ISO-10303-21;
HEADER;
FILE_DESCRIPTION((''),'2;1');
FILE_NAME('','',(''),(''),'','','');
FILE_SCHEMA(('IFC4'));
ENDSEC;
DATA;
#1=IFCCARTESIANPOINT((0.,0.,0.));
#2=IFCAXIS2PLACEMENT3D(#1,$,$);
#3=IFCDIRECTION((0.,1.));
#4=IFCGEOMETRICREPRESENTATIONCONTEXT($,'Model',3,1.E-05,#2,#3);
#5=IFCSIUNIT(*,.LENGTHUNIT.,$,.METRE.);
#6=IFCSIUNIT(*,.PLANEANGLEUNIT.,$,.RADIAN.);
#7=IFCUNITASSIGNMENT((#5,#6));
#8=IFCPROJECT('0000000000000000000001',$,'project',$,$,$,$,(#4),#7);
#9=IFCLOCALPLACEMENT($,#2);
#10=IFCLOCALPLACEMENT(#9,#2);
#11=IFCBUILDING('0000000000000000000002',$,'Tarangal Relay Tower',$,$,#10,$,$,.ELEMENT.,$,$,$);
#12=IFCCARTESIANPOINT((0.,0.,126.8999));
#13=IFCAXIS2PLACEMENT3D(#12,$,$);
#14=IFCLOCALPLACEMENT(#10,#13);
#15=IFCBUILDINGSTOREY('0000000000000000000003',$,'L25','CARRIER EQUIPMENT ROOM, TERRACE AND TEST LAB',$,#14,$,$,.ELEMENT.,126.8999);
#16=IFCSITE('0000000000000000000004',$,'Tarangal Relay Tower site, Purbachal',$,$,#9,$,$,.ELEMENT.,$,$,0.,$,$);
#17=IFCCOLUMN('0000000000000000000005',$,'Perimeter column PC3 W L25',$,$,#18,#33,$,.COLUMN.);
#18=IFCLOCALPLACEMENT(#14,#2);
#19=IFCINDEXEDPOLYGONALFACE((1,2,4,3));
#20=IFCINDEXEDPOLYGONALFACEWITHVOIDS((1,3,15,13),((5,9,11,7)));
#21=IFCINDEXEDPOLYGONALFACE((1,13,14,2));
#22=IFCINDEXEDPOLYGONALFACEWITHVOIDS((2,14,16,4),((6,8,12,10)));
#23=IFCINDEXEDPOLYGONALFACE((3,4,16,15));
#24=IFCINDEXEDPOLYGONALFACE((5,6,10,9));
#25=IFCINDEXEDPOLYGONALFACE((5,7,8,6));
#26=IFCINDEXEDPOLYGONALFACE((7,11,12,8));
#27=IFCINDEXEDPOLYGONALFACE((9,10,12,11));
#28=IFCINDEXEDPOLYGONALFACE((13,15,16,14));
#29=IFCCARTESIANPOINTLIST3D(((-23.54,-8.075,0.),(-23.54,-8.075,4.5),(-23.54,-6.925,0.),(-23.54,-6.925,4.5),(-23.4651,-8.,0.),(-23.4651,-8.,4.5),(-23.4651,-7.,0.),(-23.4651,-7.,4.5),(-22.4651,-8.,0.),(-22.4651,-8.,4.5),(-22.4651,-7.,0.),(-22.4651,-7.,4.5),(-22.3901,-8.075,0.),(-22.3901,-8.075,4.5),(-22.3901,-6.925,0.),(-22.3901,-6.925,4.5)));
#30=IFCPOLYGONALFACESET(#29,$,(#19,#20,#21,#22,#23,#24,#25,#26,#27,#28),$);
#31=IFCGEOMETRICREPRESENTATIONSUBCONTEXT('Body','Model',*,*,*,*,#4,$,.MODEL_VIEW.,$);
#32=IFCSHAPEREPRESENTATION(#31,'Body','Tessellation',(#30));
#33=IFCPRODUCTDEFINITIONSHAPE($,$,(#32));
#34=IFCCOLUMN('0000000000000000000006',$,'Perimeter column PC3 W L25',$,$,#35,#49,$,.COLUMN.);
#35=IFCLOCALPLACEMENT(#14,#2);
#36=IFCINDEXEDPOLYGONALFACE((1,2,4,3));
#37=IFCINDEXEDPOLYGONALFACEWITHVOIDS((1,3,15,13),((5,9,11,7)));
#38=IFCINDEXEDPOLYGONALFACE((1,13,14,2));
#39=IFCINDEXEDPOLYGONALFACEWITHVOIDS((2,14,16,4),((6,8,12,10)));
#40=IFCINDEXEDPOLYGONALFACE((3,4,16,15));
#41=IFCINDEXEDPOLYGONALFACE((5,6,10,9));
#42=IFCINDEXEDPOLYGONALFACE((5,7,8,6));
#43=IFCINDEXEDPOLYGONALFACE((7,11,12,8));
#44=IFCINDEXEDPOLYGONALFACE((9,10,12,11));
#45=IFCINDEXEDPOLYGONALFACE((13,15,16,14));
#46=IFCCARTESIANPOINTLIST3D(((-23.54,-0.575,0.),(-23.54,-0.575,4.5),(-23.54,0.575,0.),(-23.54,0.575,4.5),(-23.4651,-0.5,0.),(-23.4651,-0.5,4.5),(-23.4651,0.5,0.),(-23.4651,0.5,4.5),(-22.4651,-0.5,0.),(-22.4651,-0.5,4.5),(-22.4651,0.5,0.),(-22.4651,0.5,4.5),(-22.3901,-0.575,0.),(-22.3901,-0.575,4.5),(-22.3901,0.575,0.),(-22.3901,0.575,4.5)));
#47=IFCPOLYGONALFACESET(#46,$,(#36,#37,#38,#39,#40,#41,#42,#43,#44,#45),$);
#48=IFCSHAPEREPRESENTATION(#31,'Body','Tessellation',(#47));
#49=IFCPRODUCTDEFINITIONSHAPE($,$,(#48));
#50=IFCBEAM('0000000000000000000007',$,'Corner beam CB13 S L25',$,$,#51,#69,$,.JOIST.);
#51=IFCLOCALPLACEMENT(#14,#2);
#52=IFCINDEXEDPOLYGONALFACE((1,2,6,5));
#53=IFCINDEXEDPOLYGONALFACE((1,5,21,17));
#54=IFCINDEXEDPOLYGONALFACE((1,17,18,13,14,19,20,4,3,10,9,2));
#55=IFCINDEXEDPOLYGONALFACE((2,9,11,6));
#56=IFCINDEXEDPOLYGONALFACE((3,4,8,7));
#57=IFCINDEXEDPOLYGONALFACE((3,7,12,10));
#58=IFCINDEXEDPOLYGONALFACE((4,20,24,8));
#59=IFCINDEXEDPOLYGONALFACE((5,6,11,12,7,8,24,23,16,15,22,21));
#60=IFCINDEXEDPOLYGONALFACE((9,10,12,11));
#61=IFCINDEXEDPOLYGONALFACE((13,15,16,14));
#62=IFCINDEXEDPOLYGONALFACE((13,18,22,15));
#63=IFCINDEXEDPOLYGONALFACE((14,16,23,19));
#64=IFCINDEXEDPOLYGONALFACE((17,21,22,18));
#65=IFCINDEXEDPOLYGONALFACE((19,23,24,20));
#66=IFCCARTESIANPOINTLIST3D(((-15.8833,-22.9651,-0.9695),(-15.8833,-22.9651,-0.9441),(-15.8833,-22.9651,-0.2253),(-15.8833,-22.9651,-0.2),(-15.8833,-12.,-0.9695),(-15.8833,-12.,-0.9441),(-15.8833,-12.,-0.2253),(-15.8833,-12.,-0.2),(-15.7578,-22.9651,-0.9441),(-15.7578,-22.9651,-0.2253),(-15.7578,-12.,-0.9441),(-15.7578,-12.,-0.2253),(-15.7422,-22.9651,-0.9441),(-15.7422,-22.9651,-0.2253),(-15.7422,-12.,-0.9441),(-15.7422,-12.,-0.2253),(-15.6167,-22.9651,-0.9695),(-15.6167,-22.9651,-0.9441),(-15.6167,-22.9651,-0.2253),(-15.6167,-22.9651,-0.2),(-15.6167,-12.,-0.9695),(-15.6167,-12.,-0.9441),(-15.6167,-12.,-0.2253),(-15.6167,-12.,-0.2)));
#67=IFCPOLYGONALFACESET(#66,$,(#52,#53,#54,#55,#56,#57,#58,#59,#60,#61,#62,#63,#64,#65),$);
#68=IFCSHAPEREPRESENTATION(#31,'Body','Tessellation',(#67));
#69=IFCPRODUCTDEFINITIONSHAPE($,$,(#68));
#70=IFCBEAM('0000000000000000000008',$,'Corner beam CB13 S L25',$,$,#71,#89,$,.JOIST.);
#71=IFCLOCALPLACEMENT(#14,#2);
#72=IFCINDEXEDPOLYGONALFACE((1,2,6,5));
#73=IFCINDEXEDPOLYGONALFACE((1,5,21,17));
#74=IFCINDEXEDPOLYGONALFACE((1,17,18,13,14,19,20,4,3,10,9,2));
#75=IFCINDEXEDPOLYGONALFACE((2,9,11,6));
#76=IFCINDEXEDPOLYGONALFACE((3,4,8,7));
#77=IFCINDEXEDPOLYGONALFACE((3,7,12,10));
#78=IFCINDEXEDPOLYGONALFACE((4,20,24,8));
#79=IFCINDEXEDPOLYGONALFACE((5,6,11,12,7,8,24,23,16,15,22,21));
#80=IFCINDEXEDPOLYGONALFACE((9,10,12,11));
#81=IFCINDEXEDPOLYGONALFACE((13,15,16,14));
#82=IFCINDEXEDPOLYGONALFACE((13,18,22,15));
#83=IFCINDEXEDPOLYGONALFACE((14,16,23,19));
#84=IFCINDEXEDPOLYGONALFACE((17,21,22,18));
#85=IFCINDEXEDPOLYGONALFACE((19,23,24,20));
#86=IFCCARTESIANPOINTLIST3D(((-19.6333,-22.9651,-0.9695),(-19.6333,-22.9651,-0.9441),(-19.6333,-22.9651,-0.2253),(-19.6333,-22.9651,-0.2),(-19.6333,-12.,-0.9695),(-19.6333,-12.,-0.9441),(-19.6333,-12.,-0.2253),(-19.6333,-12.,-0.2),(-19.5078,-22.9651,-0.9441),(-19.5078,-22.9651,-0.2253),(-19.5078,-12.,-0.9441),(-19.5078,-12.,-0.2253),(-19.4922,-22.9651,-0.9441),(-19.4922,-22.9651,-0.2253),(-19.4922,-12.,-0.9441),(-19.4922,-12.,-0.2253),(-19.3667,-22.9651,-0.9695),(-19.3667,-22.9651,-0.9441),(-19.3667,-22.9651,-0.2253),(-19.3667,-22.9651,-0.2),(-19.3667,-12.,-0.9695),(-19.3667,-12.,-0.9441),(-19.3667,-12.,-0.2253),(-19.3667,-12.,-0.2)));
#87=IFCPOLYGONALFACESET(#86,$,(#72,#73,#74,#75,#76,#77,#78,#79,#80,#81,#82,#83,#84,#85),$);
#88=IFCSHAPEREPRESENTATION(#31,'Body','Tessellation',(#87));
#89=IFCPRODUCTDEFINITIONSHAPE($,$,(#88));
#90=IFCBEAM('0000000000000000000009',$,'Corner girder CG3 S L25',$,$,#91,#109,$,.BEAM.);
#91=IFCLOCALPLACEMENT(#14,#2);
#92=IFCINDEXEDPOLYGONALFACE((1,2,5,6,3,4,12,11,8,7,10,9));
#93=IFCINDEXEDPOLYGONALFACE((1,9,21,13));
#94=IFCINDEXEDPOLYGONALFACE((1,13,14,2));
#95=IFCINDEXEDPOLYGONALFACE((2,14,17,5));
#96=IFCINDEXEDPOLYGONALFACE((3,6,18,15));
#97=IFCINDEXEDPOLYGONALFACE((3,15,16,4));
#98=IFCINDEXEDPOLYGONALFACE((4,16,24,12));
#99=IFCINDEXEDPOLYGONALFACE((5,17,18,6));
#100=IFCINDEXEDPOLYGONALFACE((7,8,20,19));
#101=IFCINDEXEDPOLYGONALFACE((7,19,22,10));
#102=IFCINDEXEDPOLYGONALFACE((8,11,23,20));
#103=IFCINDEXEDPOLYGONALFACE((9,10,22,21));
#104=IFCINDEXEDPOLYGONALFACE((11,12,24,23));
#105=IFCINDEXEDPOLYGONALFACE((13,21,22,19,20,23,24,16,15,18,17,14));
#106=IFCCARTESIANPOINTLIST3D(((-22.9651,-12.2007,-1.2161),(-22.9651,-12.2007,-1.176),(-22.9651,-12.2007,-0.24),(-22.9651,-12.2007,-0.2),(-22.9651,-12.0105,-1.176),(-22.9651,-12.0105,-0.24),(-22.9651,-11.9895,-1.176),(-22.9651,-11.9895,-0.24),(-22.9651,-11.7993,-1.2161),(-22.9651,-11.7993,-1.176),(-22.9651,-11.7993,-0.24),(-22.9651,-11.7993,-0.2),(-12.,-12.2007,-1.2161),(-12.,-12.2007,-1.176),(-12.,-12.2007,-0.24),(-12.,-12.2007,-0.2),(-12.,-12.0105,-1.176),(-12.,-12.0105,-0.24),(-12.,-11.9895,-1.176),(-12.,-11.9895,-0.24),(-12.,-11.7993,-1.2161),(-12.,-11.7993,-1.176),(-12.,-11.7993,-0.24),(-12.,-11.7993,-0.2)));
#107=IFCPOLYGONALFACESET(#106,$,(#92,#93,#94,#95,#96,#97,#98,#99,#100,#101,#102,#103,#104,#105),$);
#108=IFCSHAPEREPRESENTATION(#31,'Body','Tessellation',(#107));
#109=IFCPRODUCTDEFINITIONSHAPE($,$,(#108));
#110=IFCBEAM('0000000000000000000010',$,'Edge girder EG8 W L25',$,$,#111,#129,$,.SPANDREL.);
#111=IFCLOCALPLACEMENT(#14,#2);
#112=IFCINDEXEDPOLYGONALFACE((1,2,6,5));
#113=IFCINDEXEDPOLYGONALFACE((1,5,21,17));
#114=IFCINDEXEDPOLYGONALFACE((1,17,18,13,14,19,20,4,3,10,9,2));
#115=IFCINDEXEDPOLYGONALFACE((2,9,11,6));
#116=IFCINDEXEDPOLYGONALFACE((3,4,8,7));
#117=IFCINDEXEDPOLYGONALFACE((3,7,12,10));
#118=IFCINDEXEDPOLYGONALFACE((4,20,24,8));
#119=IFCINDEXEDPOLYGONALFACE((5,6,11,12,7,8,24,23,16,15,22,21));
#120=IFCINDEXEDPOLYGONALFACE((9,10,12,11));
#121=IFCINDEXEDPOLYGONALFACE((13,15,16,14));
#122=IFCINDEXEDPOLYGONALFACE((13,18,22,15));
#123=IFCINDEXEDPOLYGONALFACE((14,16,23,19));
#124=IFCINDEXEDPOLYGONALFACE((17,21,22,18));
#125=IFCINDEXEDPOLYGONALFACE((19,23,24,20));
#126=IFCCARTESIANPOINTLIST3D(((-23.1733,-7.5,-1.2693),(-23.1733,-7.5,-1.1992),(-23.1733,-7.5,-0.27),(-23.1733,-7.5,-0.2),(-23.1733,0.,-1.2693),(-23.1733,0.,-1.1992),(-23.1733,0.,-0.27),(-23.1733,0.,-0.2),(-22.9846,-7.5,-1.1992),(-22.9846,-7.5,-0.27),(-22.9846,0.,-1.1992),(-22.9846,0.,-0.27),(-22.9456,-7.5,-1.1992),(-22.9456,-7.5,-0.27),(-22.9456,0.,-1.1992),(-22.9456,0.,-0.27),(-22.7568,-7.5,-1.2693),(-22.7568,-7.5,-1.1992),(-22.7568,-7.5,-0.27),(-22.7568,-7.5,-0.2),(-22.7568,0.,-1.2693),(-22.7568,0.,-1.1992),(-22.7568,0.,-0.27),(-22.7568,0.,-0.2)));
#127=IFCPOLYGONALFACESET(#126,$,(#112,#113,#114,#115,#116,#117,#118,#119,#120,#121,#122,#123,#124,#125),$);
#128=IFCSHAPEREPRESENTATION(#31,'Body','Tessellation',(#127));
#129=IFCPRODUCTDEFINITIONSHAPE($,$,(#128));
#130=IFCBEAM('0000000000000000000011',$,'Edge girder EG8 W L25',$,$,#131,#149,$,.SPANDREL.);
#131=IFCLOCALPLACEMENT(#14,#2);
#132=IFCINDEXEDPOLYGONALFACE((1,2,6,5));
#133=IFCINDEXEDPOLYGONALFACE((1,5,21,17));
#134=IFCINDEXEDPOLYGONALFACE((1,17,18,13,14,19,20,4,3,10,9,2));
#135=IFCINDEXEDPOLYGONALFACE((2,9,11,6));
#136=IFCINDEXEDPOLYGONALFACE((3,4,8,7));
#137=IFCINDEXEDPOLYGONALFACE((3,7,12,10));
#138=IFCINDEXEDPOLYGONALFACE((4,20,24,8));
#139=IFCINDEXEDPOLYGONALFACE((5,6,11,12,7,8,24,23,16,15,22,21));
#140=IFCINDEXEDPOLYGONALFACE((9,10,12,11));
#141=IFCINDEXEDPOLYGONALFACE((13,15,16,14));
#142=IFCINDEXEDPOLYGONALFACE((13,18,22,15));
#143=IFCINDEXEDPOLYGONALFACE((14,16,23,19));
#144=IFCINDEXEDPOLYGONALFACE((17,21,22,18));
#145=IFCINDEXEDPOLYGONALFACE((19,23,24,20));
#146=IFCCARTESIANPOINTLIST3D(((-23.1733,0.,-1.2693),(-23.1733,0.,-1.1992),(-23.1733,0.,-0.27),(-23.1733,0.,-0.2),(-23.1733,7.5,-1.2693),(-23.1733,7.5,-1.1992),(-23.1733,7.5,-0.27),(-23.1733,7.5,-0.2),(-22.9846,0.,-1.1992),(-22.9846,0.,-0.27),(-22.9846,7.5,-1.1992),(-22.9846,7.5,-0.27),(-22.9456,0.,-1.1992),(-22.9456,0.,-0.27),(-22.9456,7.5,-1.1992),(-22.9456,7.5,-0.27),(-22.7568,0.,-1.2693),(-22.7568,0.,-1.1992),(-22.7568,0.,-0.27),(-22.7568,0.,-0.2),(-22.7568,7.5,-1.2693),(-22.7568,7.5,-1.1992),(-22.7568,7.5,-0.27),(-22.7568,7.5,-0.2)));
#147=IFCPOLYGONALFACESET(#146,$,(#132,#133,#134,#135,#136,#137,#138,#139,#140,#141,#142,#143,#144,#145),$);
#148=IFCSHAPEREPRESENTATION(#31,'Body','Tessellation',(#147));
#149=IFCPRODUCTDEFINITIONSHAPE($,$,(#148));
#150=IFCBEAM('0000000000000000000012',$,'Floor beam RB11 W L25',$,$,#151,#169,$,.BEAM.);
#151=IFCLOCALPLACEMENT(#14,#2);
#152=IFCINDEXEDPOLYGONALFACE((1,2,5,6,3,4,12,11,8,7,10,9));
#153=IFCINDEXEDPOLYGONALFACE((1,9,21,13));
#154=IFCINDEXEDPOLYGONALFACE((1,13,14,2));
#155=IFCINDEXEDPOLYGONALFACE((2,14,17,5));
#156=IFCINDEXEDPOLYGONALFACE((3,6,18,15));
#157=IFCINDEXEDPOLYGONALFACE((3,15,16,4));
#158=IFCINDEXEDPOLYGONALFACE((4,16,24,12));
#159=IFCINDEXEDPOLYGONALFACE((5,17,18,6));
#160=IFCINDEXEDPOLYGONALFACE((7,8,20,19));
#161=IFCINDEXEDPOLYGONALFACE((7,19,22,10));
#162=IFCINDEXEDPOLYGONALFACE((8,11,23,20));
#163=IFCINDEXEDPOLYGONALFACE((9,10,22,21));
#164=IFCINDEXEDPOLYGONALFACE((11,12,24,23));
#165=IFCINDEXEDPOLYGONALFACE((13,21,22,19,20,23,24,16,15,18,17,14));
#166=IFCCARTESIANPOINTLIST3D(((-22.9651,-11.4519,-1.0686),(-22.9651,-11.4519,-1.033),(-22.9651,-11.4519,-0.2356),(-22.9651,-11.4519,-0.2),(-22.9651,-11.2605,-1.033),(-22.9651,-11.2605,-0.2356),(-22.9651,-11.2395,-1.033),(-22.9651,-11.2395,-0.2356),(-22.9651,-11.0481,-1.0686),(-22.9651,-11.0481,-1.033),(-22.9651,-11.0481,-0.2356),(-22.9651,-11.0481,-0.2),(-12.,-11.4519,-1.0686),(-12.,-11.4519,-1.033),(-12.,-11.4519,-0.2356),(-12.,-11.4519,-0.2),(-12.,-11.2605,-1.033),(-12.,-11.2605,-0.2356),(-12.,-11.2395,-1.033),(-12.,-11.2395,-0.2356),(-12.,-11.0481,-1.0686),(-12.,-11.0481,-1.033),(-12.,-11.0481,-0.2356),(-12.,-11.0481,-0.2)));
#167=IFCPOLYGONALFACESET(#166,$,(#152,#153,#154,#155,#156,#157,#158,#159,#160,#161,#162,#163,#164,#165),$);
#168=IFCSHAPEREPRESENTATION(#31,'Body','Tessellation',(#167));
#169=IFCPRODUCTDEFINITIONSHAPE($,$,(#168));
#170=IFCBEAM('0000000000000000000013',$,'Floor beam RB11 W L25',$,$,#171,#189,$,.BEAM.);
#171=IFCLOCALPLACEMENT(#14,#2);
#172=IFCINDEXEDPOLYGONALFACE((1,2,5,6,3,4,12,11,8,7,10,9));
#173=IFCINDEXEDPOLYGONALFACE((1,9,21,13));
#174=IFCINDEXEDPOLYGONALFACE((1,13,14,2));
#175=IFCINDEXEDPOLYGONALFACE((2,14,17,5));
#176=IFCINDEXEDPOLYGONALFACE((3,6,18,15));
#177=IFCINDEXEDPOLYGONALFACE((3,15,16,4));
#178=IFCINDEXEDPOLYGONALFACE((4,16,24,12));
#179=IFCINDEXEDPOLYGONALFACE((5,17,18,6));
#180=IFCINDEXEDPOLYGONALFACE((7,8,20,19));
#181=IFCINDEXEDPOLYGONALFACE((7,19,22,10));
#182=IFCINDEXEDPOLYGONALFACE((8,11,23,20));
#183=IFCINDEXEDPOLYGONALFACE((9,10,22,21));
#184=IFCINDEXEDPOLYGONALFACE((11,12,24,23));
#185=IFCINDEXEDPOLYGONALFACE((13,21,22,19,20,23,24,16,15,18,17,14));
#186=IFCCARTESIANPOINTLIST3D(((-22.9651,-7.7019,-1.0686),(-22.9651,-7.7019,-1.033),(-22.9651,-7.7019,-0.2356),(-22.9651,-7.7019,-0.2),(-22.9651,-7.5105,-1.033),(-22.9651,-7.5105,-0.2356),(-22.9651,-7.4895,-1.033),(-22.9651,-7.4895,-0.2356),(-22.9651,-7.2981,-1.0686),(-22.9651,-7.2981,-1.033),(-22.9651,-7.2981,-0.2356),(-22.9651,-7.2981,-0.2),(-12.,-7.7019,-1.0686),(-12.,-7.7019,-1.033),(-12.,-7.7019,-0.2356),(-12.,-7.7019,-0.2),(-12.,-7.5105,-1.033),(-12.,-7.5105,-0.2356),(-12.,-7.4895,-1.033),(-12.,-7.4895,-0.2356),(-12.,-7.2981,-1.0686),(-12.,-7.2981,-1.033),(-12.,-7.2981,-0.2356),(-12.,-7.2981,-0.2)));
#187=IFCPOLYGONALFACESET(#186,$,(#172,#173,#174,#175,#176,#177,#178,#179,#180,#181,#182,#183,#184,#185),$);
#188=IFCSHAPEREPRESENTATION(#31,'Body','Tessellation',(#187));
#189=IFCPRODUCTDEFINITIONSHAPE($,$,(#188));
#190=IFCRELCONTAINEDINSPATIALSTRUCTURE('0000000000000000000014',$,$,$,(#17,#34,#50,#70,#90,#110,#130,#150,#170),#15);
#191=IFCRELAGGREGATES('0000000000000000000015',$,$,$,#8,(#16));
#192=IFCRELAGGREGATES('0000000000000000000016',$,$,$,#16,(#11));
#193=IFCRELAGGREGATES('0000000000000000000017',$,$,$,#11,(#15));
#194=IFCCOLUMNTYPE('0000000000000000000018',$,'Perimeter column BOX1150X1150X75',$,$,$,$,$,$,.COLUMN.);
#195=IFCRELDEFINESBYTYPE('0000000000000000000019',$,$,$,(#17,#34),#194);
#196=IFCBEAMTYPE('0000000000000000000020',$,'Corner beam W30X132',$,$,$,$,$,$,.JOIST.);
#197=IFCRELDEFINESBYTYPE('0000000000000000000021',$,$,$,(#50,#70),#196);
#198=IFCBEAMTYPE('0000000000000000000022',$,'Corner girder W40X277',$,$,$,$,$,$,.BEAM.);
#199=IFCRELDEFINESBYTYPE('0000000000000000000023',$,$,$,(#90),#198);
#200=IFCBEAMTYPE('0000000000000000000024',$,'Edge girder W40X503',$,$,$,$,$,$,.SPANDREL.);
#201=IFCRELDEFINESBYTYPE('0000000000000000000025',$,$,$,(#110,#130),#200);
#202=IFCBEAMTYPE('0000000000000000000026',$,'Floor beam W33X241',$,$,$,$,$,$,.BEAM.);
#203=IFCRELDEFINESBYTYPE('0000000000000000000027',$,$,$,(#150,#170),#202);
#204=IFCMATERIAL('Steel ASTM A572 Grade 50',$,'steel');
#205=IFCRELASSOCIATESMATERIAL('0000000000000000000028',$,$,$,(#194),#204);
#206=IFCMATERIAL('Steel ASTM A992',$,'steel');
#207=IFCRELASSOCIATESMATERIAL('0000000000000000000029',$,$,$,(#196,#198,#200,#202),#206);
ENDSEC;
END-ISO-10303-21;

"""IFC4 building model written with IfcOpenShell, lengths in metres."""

from ifc_helpers import new_model, si_unit, direction, frame, origin, origin_2d, place, context, subcontext, project, spatial, hollow_rectangle, i_section, extrude, material, material_profile, profile_set, type_object, element, save


model = new_model("IFC4")

# Units and contexts
model_context = context("Model", 3, precision=1e-05, world=origin(), true_north=direction((0.0, 1.0)))
body_context = subcontext(model_context, "Body", "Model", "MODEL_VIEW")
ifc_project = project(units=[si_unit("LENGTHUNIT", "METRE"), si_unit("PLANEANGLEUNIT", "RADIAN")], contexts=[model_context])

# Site, building, storey
site_placement = place(None, origin())
site = spatial("IfcSite", under=ifc_project, at=site_placement, Name="Tarangal Relay Tower site, Purbachal", CompositionType="ELEMENT", RefElevation=0.0)
building_placement = place(site_placement, origin())
building = spatial("IfcBuilding", under=site, at=building_placement, Name="Tarangal Relay Tower", CompositionType="ELEMENT")
storey_placement = place(building_placement, frame((0.0, 0.0, 126.8999)))
storey = spatial("IfcBuildingStorey", under=building, at=storey_placement, Name="L25", Description="CARRIER EQUIPMENT ROOM, TERRACE AND TEST LAB", CompositionType="ELEMENT", Elevation=126.8999)

# Columns
ifc_material_1 = material(Name="Steel ASTM A572 Grade 50", Category="steel")
ifc_material_profile_1 = material_profile(ifc_material_1, hollow_rectangle(XDim=1.1499, YDim=1.1499, WallThickness=0.075, at=origin_2d()), Name="BOX1150X1150X75")
ifc_profile_set_1 = profile_set([ifc_material_profile_1], Name="Steel ASTM A572 Grade 50")
column_type = type_object("IfcColumnType", Name="Perimeter column BOX1150X1150X75", PredefinedType="COLUMN", material=ifc_profile_set_1)
for number, where, z_axis, x_axis, name in (
    (1, (-22.9651, -7.5, 0.0), (0.0, 0.0, 1.0), (1.0, 0.0, 0.0), "Perimeter column PC3 W L25"),
    (2, (-22.9651, 0.0, 0.0), (0.0, 0.0, 1.0), (1.0, 0.0, 0.0), "Perimeter column PC3 W L25"),
):
    element("IfcColumn", number, at=place(storey_placement, frame(where, z_axis=z_axis, x_axis=x_axis)), inside=storey, type_object=column_type, Name=name, PredefinedType="COLUMN", context=body_context, shape_type="SweptSolid", body=[
        extrude(hollow_rectangle(XDim=1.1499, YDim=1.1499, WallThickness=0.075, at=origin_2d()), origin(), (0.0, 0.0, 1.0), 4.5),
    ])

# Beams
ifc_material_2 = material(Name="Steel ASTM A992", Category="steel")
ifc_material_profile_2 = material_profile(ifc_material_2, i_section(OverallWidth=0.2666, OverallDepth=0.7695, WebThickness=0.0156, FlangeThickness=0.0254, at=origin_2d()), Name="W30X132")
ifc_profile_set_2 = profile_set([ifc_material_profile_2], Name="Steel ASTM A992")
beam_type_1 = type_object("IfcBeamType", Name="Corner beam W30X132", PredefinedType="JOIST", material=ifc_profile_set_2)
for number, where, z_axis, x_axis, name in (
    (3, (-15.75, -12.0, -0.5847), (0.0, -1.0, 0.0), (1.0, 0.0, 0.0), "Corner beam CB13 S L25"),
    (4, (-19.5, -12.0, -0.5847), (0.0, -1.0, 0.0), (1.0, 0.0, 0.0), "Corner beam CB13 S L25"),
):
    element("IfcBeam", number, at=place(storey_placement, frame(where, z_axis=z_axis, x_axis=x_axis)), inside=storey, type_object=beam_type_1, Name=name, PredefinedType="JOIST", context=body_context, shape_type="SweptSolid", body=[
        extrude(i_section(OverallWidth=0.2666, OverallDepth=0.7695, WebThickness=0.0156, FlangeThickness=0.0254, at=origin_2d()), origin(), (0.0, 0.0, 1.0), 10.9651),
    ])
ifc_material_profile_3 = material_profile(ifc_material_2, i_section(OverallWidth=0.4014, OverallDepth=1.0161, WebThickness=0.021, FlangeThickness=0.04, at=origin_2d()), Name="W40X277")
ifc_profile_set_3 = profile_set([ifc_material_profile_3], Name="Steel ASTM A992")
beam_type_2 = type_object("IfcBeamType", Name="Corner girder W40X277", PredefinedType="BEAM", material=ifc_profile_set_3)
beam_placement = place(storey_placement, frame((-12.0, -12.0, -0.708), z_axis=(-1.0, 0.0, 0.0), x_axis=(0.0, -1.0, 0.0)))
element("IfcBeam", 5, at=beam_placement, inside=storey, type_object=beam_type_2, Name="Corner girder CG3 S L25", PredefinedType="BEAM", context=body_context, shape_type="SweptSolid", body=[
    extrude(i_section(OverallWidth=0.4014, OverallDepth=1.0161, WebThickness=0.021, FlangeThickness=0.04, at=origin_2d()), origin(), (0.0, 0.0, 1.0), 10.9651),
])
ifc_material_profile_4 = material_profile(ifc_material_2, i_section(OverallWidth=0.4165, OverallDepth=1.0693, WebThickness=0.0391, FlangeThickness=0.0701, at=origin_2d()), Name="W40X503")
ifc_profile_set_4 = profile_set([ifc_material_profile_4], Name="Steel ASTM A992")
beam_type_3 = type_object("IfcBeamType", Name="Edge girder W40X503", PredefinedType="SPANDREL", material=ifc_profile_set_4)
for number, where, z_axis, x_axis, name in (
    (6, (-22.9651, -7.5, -0.7346), (0.0, 1.0, 0.0), (-1.0, 0.0, 0.0), "Edge girder EG8 W L25"),
    (7, (-22.9651, 0.0, -0.7346), (0.0, 1.0, 0.0), (-1.0, 0.0, 0.0), "Edge girder EG8 W L25"),
):
    element("IfcBeam", number, at=place(storey_placement, frame(where, z_axis=z_axis, x_axis=x_axis)), inside=storey, type_object=beam_type_3, Name=name, PredefinedType="SPANDREL", context=body_context, shape_type="SweptSolid", body=[
        extrude(i_section(OverallWidth=0.4165, OverallDepth=1.0693, WebThickness=0.0391, FlangeThickness=0.0701, at=origin_2d()), origin(), (0.0, 0.0, 1.0), 7.5),
    ])
ifc_material_profile_5 = material_profile(ifc_material_2, i_section(OverallWidth=0.4038, OverallDepth=0.8687, WebThickness=0.021, FlangeThickness=0.0356, at=origin_2d()), Name="W33X241")
ifc_profile_set_5 = profile_set([ifc_material_profile_5], Name="Steel ASTM A992")
beam_type_4 = type_object("IfcBeamType", Name="Floor beam W33X241", PredefinedType="BEAM", material=ifc_profile_set_5)
for number, where, z_axis, x_axis, name in (
    (8, (-12.0, -11.25, -0.6343), (-1.0, 0.0, 0.0), (0.0, -1.0, 0.0), "Floor beam RB11 W L25"),
    (9, (-12.0, -7.5, -0.6343), (-1.0, 0.0, 0.0), (0.0, -1.0, 0.0), "Floor beam RB11 W L25"),
):
    element("IfcBeam", number, at=place(storey_placement, frame(where, z_axis=z_axis, x_axis=x_axis)), inside=storey, type_object=beam_type_4, Name=name, PredefinedType="BEAM", context=body_context, shape_type="SweptSolid", body=[
        extrude(i_section(OverallWidth=0.4038, OverallDepth=0.8687, WebThickness=0.021, FlangeThickness=0.0356, at=origin_2d()), origin(), (0.0, 0.0, 1.0), 10.9651),
    ])

save(model, "model.ifc")
